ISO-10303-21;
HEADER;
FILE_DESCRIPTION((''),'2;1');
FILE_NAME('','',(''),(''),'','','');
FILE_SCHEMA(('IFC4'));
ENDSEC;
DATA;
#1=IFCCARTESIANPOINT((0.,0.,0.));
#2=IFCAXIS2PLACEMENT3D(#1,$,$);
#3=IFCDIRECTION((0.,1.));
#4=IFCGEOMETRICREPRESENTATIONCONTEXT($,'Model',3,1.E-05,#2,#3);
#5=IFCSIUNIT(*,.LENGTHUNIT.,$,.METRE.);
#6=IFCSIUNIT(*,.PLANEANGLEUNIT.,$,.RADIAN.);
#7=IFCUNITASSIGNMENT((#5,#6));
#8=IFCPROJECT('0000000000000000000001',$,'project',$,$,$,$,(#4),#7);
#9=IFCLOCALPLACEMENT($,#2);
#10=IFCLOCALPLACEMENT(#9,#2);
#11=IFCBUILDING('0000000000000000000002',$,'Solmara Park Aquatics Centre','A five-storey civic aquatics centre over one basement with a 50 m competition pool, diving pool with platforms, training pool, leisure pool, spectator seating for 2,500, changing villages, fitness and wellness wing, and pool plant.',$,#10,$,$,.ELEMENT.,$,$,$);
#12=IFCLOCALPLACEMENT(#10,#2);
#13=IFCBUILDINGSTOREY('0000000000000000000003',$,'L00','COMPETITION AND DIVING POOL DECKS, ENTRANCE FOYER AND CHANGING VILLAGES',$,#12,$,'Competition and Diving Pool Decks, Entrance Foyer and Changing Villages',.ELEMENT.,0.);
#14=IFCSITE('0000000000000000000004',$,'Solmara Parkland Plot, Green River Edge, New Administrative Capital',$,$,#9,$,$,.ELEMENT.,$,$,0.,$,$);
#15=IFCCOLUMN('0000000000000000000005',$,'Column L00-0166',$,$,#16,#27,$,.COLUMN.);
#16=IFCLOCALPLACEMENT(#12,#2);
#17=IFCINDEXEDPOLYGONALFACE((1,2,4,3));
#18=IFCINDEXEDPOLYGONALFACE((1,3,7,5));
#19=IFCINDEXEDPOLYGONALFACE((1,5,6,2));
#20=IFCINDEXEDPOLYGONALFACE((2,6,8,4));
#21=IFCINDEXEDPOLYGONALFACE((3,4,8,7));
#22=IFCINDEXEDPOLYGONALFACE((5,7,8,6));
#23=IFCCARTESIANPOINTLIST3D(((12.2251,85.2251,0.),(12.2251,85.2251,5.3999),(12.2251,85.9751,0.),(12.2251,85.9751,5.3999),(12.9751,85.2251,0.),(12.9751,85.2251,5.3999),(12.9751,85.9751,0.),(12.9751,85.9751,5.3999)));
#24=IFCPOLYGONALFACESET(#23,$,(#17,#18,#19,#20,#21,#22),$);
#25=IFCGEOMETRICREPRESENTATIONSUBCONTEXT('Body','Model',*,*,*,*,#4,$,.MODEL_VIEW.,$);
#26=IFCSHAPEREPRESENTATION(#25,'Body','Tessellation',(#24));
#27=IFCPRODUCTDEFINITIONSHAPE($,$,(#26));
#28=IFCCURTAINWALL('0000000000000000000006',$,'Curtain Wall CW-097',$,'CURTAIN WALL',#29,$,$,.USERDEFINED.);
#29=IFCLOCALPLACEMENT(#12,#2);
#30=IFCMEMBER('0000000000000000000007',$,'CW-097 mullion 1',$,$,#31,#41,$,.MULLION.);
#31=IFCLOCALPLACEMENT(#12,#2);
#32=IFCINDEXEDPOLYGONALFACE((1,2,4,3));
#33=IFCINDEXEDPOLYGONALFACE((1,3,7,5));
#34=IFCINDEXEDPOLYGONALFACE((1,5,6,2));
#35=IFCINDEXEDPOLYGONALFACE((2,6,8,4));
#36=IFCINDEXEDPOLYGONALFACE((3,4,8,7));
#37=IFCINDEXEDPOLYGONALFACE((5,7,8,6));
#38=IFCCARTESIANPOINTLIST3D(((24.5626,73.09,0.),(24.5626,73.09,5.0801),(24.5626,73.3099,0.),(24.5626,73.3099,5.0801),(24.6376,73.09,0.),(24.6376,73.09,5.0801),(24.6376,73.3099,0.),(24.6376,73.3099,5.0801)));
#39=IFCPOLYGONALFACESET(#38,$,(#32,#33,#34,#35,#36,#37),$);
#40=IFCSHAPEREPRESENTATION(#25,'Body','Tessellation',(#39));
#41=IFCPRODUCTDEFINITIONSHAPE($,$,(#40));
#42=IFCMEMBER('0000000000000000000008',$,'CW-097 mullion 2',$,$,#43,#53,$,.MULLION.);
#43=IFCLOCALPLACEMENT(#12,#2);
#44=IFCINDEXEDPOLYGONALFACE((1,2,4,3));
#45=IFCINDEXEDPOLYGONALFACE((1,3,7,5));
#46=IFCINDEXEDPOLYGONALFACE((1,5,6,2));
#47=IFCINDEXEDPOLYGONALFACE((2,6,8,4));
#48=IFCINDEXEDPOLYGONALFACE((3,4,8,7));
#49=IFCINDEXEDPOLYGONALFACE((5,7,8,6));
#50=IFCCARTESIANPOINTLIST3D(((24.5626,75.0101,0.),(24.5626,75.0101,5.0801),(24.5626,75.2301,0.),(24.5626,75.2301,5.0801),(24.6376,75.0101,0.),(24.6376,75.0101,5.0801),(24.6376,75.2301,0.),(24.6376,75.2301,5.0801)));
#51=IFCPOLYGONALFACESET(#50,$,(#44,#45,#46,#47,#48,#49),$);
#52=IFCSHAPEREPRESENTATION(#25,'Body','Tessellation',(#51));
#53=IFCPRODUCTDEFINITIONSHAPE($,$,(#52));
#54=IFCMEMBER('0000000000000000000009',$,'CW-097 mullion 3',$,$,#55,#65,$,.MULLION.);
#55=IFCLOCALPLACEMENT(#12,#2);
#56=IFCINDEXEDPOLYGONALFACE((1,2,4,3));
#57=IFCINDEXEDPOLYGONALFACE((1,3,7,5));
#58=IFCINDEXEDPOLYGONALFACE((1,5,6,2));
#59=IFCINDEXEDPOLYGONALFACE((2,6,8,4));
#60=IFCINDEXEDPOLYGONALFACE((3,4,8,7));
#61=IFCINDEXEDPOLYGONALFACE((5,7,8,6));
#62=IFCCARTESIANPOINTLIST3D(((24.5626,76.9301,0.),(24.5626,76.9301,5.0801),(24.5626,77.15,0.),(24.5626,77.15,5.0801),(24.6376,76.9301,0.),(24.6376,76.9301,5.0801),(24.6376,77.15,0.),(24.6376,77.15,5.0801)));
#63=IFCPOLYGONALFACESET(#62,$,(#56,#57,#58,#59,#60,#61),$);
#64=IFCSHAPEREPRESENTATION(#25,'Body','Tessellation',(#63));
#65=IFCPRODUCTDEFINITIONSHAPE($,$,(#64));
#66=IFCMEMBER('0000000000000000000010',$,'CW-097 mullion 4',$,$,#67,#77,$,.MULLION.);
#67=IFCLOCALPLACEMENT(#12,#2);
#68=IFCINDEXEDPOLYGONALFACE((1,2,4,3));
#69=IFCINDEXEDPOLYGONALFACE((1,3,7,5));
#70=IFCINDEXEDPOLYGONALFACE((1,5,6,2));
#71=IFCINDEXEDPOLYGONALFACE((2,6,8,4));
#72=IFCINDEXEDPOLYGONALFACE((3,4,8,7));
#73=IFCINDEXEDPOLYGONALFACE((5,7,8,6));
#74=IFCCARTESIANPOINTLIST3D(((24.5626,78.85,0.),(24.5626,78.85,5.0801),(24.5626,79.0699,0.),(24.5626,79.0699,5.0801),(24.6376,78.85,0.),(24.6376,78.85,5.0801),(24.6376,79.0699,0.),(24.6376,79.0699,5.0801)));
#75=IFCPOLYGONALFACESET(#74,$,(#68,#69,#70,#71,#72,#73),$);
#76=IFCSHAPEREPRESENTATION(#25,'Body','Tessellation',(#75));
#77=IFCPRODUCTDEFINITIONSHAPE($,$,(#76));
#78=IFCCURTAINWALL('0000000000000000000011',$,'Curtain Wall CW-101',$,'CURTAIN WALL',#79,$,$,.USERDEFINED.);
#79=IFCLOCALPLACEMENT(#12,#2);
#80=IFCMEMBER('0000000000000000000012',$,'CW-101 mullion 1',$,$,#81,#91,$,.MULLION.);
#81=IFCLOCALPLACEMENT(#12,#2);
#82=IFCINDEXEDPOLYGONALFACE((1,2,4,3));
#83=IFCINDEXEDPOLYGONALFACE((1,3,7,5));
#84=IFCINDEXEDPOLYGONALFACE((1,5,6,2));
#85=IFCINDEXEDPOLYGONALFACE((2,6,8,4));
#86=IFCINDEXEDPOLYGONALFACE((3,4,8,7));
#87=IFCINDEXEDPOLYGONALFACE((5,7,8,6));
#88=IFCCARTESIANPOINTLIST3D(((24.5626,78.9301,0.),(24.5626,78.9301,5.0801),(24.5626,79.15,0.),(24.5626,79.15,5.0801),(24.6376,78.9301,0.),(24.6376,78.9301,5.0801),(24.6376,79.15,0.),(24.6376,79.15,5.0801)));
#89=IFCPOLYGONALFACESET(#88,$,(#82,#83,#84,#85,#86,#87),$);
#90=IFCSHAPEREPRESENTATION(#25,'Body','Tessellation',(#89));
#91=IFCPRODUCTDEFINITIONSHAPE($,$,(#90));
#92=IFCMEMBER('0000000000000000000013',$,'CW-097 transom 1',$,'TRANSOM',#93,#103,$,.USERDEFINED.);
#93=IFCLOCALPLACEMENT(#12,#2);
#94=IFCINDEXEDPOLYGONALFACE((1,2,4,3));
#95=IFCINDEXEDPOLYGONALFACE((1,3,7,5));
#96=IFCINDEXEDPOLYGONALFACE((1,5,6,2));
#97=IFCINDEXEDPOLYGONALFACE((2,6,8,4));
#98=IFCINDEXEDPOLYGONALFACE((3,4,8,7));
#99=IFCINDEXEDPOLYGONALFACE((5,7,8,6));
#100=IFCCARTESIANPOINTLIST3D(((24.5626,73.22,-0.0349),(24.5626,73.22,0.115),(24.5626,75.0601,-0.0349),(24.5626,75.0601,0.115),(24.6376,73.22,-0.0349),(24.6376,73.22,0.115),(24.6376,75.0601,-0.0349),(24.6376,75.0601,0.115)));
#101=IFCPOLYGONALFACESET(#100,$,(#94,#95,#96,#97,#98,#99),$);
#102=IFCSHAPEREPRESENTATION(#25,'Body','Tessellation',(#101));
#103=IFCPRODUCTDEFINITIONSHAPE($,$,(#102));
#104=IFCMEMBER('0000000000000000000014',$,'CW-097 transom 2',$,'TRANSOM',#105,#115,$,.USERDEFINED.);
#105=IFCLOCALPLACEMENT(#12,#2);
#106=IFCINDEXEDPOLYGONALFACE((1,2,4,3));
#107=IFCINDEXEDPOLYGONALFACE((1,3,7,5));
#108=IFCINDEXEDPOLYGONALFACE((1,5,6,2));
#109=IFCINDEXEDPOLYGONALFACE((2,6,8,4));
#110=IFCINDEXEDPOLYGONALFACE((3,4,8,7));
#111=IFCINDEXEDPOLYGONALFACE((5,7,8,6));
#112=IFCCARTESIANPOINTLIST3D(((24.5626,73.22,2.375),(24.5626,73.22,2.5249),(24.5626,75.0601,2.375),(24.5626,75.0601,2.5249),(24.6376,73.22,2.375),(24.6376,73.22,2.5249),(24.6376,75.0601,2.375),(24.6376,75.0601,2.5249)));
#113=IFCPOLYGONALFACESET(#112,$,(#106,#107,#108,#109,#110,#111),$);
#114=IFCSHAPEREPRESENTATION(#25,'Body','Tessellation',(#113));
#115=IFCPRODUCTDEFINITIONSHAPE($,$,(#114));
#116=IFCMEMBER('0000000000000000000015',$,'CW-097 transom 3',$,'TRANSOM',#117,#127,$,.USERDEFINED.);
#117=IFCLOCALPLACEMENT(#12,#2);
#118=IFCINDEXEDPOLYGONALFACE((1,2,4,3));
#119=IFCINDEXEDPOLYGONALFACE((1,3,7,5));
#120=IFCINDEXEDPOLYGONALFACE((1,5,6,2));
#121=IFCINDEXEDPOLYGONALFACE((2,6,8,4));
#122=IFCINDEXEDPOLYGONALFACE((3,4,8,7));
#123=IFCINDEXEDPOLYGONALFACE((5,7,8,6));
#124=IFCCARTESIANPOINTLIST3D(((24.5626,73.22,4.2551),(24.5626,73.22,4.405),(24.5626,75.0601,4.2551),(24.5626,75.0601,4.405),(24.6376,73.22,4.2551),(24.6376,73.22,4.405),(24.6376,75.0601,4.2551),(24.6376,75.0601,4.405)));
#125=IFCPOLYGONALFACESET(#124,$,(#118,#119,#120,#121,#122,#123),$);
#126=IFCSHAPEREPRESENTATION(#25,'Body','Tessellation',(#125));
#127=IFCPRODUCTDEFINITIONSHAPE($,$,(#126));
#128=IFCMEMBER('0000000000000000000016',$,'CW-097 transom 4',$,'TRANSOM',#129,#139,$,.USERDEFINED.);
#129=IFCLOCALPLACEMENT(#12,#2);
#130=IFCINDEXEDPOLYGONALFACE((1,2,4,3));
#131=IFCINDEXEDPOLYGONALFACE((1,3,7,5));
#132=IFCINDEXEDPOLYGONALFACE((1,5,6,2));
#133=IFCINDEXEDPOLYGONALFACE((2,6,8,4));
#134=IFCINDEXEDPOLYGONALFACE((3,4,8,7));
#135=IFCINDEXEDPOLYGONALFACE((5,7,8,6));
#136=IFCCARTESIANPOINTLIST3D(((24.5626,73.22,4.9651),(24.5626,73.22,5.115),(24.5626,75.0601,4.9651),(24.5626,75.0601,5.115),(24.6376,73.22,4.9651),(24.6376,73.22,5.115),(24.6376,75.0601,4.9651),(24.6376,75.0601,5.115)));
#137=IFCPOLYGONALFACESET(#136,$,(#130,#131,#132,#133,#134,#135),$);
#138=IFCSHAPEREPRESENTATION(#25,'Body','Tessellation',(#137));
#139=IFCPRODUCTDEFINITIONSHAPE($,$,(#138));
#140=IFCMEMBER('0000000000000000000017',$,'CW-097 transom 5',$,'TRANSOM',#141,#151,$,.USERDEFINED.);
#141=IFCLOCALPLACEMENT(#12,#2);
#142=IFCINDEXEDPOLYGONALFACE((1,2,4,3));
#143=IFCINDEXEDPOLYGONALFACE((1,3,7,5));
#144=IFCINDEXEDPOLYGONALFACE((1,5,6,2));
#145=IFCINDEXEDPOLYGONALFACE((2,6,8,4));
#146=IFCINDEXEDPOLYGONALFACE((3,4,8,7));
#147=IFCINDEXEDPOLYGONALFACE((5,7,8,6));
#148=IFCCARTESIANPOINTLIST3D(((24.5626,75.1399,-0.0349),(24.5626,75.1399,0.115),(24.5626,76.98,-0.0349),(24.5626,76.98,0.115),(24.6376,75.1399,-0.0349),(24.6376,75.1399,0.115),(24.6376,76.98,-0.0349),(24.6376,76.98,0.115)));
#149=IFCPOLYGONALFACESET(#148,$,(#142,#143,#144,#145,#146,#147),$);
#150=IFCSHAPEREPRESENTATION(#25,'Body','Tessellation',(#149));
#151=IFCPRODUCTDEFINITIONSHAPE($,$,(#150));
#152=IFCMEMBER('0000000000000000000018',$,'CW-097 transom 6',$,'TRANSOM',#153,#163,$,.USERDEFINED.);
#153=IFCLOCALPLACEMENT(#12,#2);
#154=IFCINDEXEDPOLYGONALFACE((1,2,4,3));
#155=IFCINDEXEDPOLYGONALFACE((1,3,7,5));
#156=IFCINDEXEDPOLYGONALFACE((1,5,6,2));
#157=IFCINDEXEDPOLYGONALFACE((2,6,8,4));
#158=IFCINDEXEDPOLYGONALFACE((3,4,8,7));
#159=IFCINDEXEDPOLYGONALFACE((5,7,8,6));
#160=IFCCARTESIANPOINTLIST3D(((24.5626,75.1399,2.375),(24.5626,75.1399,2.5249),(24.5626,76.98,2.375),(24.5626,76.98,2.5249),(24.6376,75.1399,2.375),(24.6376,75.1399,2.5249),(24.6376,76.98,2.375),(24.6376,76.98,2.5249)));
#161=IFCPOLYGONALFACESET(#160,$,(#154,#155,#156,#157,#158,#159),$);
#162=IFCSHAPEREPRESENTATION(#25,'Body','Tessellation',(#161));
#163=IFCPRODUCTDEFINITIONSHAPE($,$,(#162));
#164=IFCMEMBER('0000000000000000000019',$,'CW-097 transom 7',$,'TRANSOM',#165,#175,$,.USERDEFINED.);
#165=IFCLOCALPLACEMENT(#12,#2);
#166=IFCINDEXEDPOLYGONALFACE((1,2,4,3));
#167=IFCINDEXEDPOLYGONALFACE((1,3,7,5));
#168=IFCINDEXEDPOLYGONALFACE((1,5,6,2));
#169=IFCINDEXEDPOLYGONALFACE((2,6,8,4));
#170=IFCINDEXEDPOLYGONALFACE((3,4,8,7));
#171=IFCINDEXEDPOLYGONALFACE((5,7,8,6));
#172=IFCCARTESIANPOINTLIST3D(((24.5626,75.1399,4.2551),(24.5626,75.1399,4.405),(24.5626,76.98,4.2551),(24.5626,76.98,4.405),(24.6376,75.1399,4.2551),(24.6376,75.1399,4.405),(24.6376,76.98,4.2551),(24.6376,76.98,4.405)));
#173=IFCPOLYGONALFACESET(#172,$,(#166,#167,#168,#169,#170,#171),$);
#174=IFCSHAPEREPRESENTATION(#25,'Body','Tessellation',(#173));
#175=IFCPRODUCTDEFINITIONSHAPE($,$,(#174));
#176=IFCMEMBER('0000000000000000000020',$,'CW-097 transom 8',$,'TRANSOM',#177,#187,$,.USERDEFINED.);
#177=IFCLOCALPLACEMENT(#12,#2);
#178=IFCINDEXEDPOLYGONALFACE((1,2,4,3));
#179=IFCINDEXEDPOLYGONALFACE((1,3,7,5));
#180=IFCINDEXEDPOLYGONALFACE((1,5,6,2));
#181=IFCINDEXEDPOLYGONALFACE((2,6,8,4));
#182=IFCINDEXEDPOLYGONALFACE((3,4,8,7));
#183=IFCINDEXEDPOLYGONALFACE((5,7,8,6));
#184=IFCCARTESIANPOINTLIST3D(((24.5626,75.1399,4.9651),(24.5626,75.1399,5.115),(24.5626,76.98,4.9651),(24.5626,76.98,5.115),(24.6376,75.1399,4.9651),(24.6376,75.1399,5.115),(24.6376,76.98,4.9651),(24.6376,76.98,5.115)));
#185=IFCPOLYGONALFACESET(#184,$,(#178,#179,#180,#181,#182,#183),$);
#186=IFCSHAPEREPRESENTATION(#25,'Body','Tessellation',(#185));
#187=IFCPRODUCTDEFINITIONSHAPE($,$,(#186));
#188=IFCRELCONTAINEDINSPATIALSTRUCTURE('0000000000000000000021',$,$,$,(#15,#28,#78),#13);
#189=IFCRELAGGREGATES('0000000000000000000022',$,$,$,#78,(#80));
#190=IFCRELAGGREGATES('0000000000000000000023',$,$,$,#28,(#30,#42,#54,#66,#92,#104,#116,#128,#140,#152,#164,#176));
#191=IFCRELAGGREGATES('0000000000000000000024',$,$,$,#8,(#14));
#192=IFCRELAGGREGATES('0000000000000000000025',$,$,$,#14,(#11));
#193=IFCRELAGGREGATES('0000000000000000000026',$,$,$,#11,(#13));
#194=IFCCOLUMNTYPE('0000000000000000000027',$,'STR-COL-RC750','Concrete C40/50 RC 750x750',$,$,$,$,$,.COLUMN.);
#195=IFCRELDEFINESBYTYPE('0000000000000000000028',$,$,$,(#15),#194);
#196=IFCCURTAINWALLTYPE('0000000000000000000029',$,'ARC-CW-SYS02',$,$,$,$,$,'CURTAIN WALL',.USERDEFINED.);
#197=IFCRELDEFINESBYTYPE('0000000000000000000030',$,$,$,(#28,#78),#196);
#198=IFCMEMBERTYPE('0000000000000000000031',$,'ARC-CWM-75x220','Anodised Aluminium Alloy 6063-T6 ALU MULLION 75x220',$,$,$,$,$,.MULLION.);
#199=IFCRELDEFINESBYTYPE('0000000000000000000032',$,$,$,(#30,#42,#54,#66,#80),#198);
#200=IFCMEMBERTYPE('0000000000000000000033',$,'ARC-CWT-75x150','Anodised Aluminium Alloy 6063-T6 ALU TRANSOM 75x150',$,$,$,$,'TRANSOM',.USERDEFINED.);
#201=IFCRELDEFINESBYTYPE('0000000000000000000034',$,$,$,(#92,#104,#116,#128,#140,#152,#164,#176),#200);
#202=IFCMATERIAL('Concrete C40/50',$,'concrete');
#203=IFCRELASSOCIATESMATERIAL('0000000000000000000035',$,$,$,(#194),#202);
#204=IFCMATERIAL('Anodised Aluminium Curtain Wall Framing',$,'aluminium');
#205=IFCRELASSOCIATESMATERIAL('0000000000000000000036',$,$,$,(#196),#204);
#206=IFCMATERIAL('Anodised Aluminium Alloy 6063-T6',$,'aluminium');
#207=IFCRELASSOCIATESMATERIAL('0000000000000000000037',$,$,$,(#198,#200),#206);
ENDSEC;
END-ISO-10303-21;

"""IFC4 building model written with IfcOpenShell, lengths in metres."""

from ifc_helpers import new_model, si_unit, direction, frame, origin, origin_2d, place, context, subcontext, project, spatial, rectangle, extrude, material, material_profile, profile_set, type_object, element, aggregate, save


model = new_model("IFC4")

# Units and contexts
model_context = context("Model", 3, precision=1e-05, world=origin(), true_north=direction((0.0, 1.0)))
body_context = subcontext(model_context, "Body", "Model", "MODEL_VIEW")
ifc_project = project(units=[si_unit("LENGTHUNIT", "METRE"), si_unit("PLANEANGLEUNIT", "RADIAN")], contexts=[model_context])

# Site, building, storey
site_placement = place(None, origin())
site = spatial("IfcSite", under=ifc_project, at=site_placement, Name="Solmara Parkland Plot, Green River Edge, New Administrative Capital", CompositionType="ELEMENT", RefElevation=0.0)
building_placement = place(site_placement, origin())
building = spatial("IfcBuilding", under=site, at=building_placement, Name="Solmara Park Aquatics Centre", Description="A five-storey civic aquatics centre over one basement with a 50 m competition pool, diving pool with platforms, training pool, leisure pool, spectator seating for 2,500, changing villages, fitness and wellness wing, and pool plant.", CompositionType="ELEMENT")
storey_placement = place(building_placement, origin())
storey = spatial("IfcBuildingStorey", under=building, at=storey_placement, Name="L00", Description="COMPETITION AND DIVING POOL DECKS, ENTRANCE FOYER AND CHANGING VILLAGES", LongName="Competition and Diving Pool Decks, Entrance Foyer and Changing Villages", CompositionType="ELEMENT", Elevation=0.0)

# Column
ifc_material_1 = material(Name="Concrete C40/50", Category="concrete")
ifc_material_profile_1 = material_profile(ifc_material_1, rectangle(XDim=0.75, YDim=0.75, at=origin_2d()), Name="RC 750x750")
ifc_profile_set_1 = profile_set([ifc_material_profile_1], Name="Concrete C40/50")
column_type = type_object("IfcColumnType", Name="STR-COL-RC750", Description="Concrete C40/50 RC 750x750", PredefinedType="COLUMN", material=ifc_profile_set_1)
column_placement = place(storey_placement, frame((12.6001, 85.6001, 0.0), z_axis=(0.0, 0.0, 1.0), x_axis=(1.0, 0.0, 0.0)))
element("IfcColumn", 1, at=column_placement, inside=storey, type_object=column_type, Name="Column L00-0166", PredefinedType="COLUMN", context=body_context, shape_type="SweptSolid", body=[
    extrude(rectangle(XDim=0.75, YDim=0.75, at=origin_2d()), origin(), (0.0, 0.0, 1.0), 5.3999),
])

# Curtain wall, members
ifc_material_2 = material(Name="Anodised Aluminium Curtain Wall Framing", Category="aluminium")
curtain_wall_type = type_object("IfcCurtainWallType", Name="ARC-CW-SYS02", ElementType="CURTAIN WALL", PredefinedType="USERDEFINED", material=ifc_material_2)
curtain_wall_1_placement = place(storey_placement, origin())
curtain_wall_1 = element("IfcCurtainWall", 2, at=curtain_wall_1_placement, inside=storey, type_object=curtain_wall_type, Name="Curtain Wall CW-097", ObjectType="CURTAIN WALL", PredefinedType="USERDEFINED")
ifc_material_3 = material(Name="Anodised Aluminium Alloy 6063-T6", Category="aluminium")
ifc_material_profile_2 = material_profile(ifc_material_3, rectangle(XDim=0.075, YDim=0.22, at=origin_2d()), Name="ALU MULLION 75x220")
ifc_profile_set_2 = profile_set([ifc_material_profile_2], Name="Anodised Aluminium Alloy 6063-T6")
member_type_1 = type_object("IfcMemberType", Name="ARC-CWM-75x220", Description="Anodised Aluminium Alloy 6063-T6 ALU MULLION 75x220", PredefinedType="MULLION", material=ifc_profile_set_2)
member_1_placement = place(storey_placement, frame((24.6001, 73.2, 0.0), z_axis=(0.0, 0.0, 1.0), x_axis=(1.0, 0.0, 0.0)))
member_1 = element("IfcMember", 3, at=member_1_placement, type_object=member_type_1, Name="CW-097 mullion 1", PredefinedType="MULLION", context=body_context, shape_type="SweptSolid", body=[
    extrude(rectangle(XDim=0.075, YDim=0.22, at=origin_2d()), origin(), (0.0, 0.0, 1.0), 5.0801),
])
member_2_placement = place(storey_placement, frame((24.6001, 75.1201, 0.0), z_axis=(0.0, 0.0, 1.0), x_axis=(1.0, 0.0, 0.0)))
member_2 = element("IfcMember", 4, at=member_2_placement, type_object=member_type_1, Name="CW-097 mullion 2", PredefinedType="MULLION", context=body_context, shape_type="SweptSolid", body=[
    extrude(rectangle(XDim=0.075, YDim=0.22, at=origin_2d()), origin(), (0.0, 0.0, 1.0), 5.0801),
])
member_3_placement = place(storey_placement, frame((24.6001, 77.04, 0.0), z_axis=(0.0, 0.0, 1.0), x_axis=(1.0, 0.0, 0.0)))
member_3 = element("IfcMember", 5, at=member_3_placement, type_object=member_type_1, Name="CW-097 mullion 3", PredefinedType="MULLION", context=body_context, shape_type="SweptSolid", body=[
    extrude(rectangle(XDim=0.075, YDim=0.22, at=origin_2d()), origin(), (0.0, 0.0, 1.0), 5.0801),
])
member_4_placement = place(storey_placement, frame((24.6001, 78.96, 0.0), z_axis=(0.0, 0.0, 1.0), x_axis=(1.0, 0.0, 0.0)))
member_4 = element("IfcMember", 6, at=member_4_placement, type_object=member_type_1, Name="CW-097 mullion 4", PredefinedType="MULLION", context=body_context, shape_type="SweptSolid", body=[
    extrude(rectangle(XDim=0.075, YDim=0.22, at=origin_2d()), origin(), (0.0, 0.0, 1.0), 5.0801),
])

# Curtain wall, member
curtain_wall_2_placement = place(storey_placement, origin())
curtain_wall_2 = element("IfcCurtainWall", 7, at=curtain_wall_2_placement, inside=storey, type_object=curtain_wall_type, Name="Curtain Wall CW-101", ObjectType="CURTAIN WALL", PredefinedType="USERDEFINED")
member_5_placement = place(storey_placement, frame((24.6001, 79.04, 0.0), z_axis=(0.0, 0.0, 1.0), x_axis=(1.0, 0.0, 0.0)))
member_5 = element("IfcMember", 8, at=member_5_placement, type_object=member_type_1, Name="CW-101 mullion 1", PredefinedType="MULLION", context=body_context, shape_type="SweptSolid", body=[
    extrude(rectangle(XDim=0.075, YDim=0.22, at=origin_2d()), origin(), (0.0, 0.0, 1.0), 5.0801),
])
aggregate(curtain_wall_2, [member_5])

# Members
ifc_material_profile_3 = material_profile(ifc_material_3, rectangle(XDim=0.075, YDim=0.1499, at=origin_2d()), Name="ALU TRANSOM 75x150")
ifc_profile_set_3 = profile_set([ifc_material_profile_3], Name="Anodised Aluminium Alloy 6063-T6")
member_type_2 = type_object("IfcMemberType", Name="ARC-CWT-75x150", Description="Anodised Aluminium Alloy 6063-T6 ALU TRANSOM 75x150", ElementType="TRANSOM", PredefinedType="USERDEFINED", material=ifc_profile_set_3)
member_6_placement = place(storey_placement, frame((24.6001, 73.22, 0.04), z_axis=(0.0, 1.0, 0.0), x_axis=(-1.0, 0.0, 0.0)))
member_6 = element("IfcMember", 9, at=member_6_placement, type_object=member_type_2, Name="CW-097 transom 1", ObjectType="TRANSOM", PredefinedType="USERDEFINED", context=body_context, shape_type="SweptSolid", body=[
    extrude(rectangle(XDim=0.075, YDim=0.1499, at=origin_2d()), origin(), (0.0, 0.0, 1.0), 1.8401),
])
member_7_placement = place(storey_placement, frame((24.6001, 73.22, 2.45), z_axis=(0.0, 1.0, 0.0), x_axis=(-1.0, 0.0, 0.0)))
member_7 = element("IfcMember", 10, at=member_7_placement, type_object=member_type_2, Name="CW-097 transom 2", ObjectType="TRANSOM", PredefinedType="USERDEFINED", context=body_context, shape_type="SweptSolid", body=[
    extrude(rectangle(XDim=0.075, YDim=0.1499, at=origin_2d()), origin(), (0.0, 0.0, 1.0), 1.8401),
])
member_8_placement = place(storey_placement, frame((24.6001, 73.22, 4.3301), z_axis=(0.0, 1.0, 0.0), x_axis=(-1.0, 0.0, 0.0)))
member_8 = element("IfcMember", 11, at=member_8_placement, type_object=member_type_2, Name="CW-097 transom 3", ObjectType="TRANSOM", PredefinedType="USERDEFINED", context=body_context, shape_type="SweptSolid", body=[
    extrude(rectangle(XDim=0.075, YDim=0.1499, at=origin_2d()), origin(), (0.0, 0.0, 1.0), 1.8401),
])
member_9_placement = place(storey_placement, frame((24.6001, 73.22, 5.04), z_axis=(0.0, 1.0, 0.0), x_axis=(-1.0, 0.0, 0.0)))
member_9 = element("IfcMember", 12, at=member_9_placement, type_object=member_type_2, Name="CW-097 transom 4", ObjectType="TRANSOM", PredefinedType="USERDEFINED", context=body_context, shape_type="SweptSolid", body=[
    extrude(rectangle(XDim=0.075, YDim=0.1499, at=origin_2d()), origin(), (0.0, 0.0, 1.0), 1.8401),
])
member_10_placement = place(storey_placement, frame((24.6001, 75.1399, 0.04), z_axis=(0.0, 1.0, 0.0), x_axis=(-1.0, 0.0, 0.0)))
member_10 = element("IfcMember", 13, at=member_10_placement, type_object=member_type_2, Name="CW-097 transom 5", ObjectType="TRANSOM", PredefinedType="USERDEFINED", context=body_context, shape_type="SweptSolid", body=[
    extrude(rectangle(XDim=0.075, YDim=0.1499, at=origin_2d()), origin(), (0.0, 0.0, 1.0), 1.8401),
])
member_11_placement = place(storey_placement, frame((24.6001, 75.1399, 2.45), z_axis=(0.0, 1.0, 0.0), x_axis=(-1.0, 0.0, 0.0)))
member_11 = element("IfcMember", 14, at=member_11_placement, type_object=member_type_2, Name="CW-097 transom 6", ObjectType="TRANSOM", PredefinedType="USERDEFINED", context=body_context, shape_type="SweptSolid", body=[
    extrude(rectangle(XDim=0.075, YDim=0.1499, at=origin_2d()), origin(), (0.0, 0.0, 1.0), 1.8401),
])
member_12_placement = place(storey_placement, frame((24.6001, 75.1399, 4.3301), z_axis=(0.0, 1.0, 0.0), x_axis=(-1.0, 0.0, 0.0)))
member_12 = element("IfcMember", 15, at=member_12_placement, type_object=member_type_2, Name="CW-097 transom 7", ObjectType="TRANSOM", PredefinedType="USERDEFINED", context=body_context, shape_type="SweptSolid", body=[
    extrude(rectangle(XDim=0.075, YDim=0.1499, at=origin_2d()), origin(), (0.0, 0.0, 1.0), 1.8401),
])
member_13_placement = place(storey_placement, frame((24.6001, 75.1399, 5.04), z_axis=(0.0, 1.0, 0.0), x_axis=(-1.0, 0.0, 0.0)))
member_13 = element("IfcMember", 16, at=member_13_placement, type_object=member_type_2, Name="CW-097 transom 8", ObjectType="TRANSOM", PredefinedType="USERDEFINED", context=body_context, shape_type="SweptSolid", body=[
    extrude(rectangle(XDim=0.075, YDim=0.1499, at=origin_2d()), origin(), (0.0, 0.0, 1.0), 1.8401),
])

aggregate(curtain_wall_1, [member_1, member_2, member_3, member_4, member_6, member_7, member_8, member_9, member_10, member_11, member_12, member_13])

save(model, "model.ifc")
